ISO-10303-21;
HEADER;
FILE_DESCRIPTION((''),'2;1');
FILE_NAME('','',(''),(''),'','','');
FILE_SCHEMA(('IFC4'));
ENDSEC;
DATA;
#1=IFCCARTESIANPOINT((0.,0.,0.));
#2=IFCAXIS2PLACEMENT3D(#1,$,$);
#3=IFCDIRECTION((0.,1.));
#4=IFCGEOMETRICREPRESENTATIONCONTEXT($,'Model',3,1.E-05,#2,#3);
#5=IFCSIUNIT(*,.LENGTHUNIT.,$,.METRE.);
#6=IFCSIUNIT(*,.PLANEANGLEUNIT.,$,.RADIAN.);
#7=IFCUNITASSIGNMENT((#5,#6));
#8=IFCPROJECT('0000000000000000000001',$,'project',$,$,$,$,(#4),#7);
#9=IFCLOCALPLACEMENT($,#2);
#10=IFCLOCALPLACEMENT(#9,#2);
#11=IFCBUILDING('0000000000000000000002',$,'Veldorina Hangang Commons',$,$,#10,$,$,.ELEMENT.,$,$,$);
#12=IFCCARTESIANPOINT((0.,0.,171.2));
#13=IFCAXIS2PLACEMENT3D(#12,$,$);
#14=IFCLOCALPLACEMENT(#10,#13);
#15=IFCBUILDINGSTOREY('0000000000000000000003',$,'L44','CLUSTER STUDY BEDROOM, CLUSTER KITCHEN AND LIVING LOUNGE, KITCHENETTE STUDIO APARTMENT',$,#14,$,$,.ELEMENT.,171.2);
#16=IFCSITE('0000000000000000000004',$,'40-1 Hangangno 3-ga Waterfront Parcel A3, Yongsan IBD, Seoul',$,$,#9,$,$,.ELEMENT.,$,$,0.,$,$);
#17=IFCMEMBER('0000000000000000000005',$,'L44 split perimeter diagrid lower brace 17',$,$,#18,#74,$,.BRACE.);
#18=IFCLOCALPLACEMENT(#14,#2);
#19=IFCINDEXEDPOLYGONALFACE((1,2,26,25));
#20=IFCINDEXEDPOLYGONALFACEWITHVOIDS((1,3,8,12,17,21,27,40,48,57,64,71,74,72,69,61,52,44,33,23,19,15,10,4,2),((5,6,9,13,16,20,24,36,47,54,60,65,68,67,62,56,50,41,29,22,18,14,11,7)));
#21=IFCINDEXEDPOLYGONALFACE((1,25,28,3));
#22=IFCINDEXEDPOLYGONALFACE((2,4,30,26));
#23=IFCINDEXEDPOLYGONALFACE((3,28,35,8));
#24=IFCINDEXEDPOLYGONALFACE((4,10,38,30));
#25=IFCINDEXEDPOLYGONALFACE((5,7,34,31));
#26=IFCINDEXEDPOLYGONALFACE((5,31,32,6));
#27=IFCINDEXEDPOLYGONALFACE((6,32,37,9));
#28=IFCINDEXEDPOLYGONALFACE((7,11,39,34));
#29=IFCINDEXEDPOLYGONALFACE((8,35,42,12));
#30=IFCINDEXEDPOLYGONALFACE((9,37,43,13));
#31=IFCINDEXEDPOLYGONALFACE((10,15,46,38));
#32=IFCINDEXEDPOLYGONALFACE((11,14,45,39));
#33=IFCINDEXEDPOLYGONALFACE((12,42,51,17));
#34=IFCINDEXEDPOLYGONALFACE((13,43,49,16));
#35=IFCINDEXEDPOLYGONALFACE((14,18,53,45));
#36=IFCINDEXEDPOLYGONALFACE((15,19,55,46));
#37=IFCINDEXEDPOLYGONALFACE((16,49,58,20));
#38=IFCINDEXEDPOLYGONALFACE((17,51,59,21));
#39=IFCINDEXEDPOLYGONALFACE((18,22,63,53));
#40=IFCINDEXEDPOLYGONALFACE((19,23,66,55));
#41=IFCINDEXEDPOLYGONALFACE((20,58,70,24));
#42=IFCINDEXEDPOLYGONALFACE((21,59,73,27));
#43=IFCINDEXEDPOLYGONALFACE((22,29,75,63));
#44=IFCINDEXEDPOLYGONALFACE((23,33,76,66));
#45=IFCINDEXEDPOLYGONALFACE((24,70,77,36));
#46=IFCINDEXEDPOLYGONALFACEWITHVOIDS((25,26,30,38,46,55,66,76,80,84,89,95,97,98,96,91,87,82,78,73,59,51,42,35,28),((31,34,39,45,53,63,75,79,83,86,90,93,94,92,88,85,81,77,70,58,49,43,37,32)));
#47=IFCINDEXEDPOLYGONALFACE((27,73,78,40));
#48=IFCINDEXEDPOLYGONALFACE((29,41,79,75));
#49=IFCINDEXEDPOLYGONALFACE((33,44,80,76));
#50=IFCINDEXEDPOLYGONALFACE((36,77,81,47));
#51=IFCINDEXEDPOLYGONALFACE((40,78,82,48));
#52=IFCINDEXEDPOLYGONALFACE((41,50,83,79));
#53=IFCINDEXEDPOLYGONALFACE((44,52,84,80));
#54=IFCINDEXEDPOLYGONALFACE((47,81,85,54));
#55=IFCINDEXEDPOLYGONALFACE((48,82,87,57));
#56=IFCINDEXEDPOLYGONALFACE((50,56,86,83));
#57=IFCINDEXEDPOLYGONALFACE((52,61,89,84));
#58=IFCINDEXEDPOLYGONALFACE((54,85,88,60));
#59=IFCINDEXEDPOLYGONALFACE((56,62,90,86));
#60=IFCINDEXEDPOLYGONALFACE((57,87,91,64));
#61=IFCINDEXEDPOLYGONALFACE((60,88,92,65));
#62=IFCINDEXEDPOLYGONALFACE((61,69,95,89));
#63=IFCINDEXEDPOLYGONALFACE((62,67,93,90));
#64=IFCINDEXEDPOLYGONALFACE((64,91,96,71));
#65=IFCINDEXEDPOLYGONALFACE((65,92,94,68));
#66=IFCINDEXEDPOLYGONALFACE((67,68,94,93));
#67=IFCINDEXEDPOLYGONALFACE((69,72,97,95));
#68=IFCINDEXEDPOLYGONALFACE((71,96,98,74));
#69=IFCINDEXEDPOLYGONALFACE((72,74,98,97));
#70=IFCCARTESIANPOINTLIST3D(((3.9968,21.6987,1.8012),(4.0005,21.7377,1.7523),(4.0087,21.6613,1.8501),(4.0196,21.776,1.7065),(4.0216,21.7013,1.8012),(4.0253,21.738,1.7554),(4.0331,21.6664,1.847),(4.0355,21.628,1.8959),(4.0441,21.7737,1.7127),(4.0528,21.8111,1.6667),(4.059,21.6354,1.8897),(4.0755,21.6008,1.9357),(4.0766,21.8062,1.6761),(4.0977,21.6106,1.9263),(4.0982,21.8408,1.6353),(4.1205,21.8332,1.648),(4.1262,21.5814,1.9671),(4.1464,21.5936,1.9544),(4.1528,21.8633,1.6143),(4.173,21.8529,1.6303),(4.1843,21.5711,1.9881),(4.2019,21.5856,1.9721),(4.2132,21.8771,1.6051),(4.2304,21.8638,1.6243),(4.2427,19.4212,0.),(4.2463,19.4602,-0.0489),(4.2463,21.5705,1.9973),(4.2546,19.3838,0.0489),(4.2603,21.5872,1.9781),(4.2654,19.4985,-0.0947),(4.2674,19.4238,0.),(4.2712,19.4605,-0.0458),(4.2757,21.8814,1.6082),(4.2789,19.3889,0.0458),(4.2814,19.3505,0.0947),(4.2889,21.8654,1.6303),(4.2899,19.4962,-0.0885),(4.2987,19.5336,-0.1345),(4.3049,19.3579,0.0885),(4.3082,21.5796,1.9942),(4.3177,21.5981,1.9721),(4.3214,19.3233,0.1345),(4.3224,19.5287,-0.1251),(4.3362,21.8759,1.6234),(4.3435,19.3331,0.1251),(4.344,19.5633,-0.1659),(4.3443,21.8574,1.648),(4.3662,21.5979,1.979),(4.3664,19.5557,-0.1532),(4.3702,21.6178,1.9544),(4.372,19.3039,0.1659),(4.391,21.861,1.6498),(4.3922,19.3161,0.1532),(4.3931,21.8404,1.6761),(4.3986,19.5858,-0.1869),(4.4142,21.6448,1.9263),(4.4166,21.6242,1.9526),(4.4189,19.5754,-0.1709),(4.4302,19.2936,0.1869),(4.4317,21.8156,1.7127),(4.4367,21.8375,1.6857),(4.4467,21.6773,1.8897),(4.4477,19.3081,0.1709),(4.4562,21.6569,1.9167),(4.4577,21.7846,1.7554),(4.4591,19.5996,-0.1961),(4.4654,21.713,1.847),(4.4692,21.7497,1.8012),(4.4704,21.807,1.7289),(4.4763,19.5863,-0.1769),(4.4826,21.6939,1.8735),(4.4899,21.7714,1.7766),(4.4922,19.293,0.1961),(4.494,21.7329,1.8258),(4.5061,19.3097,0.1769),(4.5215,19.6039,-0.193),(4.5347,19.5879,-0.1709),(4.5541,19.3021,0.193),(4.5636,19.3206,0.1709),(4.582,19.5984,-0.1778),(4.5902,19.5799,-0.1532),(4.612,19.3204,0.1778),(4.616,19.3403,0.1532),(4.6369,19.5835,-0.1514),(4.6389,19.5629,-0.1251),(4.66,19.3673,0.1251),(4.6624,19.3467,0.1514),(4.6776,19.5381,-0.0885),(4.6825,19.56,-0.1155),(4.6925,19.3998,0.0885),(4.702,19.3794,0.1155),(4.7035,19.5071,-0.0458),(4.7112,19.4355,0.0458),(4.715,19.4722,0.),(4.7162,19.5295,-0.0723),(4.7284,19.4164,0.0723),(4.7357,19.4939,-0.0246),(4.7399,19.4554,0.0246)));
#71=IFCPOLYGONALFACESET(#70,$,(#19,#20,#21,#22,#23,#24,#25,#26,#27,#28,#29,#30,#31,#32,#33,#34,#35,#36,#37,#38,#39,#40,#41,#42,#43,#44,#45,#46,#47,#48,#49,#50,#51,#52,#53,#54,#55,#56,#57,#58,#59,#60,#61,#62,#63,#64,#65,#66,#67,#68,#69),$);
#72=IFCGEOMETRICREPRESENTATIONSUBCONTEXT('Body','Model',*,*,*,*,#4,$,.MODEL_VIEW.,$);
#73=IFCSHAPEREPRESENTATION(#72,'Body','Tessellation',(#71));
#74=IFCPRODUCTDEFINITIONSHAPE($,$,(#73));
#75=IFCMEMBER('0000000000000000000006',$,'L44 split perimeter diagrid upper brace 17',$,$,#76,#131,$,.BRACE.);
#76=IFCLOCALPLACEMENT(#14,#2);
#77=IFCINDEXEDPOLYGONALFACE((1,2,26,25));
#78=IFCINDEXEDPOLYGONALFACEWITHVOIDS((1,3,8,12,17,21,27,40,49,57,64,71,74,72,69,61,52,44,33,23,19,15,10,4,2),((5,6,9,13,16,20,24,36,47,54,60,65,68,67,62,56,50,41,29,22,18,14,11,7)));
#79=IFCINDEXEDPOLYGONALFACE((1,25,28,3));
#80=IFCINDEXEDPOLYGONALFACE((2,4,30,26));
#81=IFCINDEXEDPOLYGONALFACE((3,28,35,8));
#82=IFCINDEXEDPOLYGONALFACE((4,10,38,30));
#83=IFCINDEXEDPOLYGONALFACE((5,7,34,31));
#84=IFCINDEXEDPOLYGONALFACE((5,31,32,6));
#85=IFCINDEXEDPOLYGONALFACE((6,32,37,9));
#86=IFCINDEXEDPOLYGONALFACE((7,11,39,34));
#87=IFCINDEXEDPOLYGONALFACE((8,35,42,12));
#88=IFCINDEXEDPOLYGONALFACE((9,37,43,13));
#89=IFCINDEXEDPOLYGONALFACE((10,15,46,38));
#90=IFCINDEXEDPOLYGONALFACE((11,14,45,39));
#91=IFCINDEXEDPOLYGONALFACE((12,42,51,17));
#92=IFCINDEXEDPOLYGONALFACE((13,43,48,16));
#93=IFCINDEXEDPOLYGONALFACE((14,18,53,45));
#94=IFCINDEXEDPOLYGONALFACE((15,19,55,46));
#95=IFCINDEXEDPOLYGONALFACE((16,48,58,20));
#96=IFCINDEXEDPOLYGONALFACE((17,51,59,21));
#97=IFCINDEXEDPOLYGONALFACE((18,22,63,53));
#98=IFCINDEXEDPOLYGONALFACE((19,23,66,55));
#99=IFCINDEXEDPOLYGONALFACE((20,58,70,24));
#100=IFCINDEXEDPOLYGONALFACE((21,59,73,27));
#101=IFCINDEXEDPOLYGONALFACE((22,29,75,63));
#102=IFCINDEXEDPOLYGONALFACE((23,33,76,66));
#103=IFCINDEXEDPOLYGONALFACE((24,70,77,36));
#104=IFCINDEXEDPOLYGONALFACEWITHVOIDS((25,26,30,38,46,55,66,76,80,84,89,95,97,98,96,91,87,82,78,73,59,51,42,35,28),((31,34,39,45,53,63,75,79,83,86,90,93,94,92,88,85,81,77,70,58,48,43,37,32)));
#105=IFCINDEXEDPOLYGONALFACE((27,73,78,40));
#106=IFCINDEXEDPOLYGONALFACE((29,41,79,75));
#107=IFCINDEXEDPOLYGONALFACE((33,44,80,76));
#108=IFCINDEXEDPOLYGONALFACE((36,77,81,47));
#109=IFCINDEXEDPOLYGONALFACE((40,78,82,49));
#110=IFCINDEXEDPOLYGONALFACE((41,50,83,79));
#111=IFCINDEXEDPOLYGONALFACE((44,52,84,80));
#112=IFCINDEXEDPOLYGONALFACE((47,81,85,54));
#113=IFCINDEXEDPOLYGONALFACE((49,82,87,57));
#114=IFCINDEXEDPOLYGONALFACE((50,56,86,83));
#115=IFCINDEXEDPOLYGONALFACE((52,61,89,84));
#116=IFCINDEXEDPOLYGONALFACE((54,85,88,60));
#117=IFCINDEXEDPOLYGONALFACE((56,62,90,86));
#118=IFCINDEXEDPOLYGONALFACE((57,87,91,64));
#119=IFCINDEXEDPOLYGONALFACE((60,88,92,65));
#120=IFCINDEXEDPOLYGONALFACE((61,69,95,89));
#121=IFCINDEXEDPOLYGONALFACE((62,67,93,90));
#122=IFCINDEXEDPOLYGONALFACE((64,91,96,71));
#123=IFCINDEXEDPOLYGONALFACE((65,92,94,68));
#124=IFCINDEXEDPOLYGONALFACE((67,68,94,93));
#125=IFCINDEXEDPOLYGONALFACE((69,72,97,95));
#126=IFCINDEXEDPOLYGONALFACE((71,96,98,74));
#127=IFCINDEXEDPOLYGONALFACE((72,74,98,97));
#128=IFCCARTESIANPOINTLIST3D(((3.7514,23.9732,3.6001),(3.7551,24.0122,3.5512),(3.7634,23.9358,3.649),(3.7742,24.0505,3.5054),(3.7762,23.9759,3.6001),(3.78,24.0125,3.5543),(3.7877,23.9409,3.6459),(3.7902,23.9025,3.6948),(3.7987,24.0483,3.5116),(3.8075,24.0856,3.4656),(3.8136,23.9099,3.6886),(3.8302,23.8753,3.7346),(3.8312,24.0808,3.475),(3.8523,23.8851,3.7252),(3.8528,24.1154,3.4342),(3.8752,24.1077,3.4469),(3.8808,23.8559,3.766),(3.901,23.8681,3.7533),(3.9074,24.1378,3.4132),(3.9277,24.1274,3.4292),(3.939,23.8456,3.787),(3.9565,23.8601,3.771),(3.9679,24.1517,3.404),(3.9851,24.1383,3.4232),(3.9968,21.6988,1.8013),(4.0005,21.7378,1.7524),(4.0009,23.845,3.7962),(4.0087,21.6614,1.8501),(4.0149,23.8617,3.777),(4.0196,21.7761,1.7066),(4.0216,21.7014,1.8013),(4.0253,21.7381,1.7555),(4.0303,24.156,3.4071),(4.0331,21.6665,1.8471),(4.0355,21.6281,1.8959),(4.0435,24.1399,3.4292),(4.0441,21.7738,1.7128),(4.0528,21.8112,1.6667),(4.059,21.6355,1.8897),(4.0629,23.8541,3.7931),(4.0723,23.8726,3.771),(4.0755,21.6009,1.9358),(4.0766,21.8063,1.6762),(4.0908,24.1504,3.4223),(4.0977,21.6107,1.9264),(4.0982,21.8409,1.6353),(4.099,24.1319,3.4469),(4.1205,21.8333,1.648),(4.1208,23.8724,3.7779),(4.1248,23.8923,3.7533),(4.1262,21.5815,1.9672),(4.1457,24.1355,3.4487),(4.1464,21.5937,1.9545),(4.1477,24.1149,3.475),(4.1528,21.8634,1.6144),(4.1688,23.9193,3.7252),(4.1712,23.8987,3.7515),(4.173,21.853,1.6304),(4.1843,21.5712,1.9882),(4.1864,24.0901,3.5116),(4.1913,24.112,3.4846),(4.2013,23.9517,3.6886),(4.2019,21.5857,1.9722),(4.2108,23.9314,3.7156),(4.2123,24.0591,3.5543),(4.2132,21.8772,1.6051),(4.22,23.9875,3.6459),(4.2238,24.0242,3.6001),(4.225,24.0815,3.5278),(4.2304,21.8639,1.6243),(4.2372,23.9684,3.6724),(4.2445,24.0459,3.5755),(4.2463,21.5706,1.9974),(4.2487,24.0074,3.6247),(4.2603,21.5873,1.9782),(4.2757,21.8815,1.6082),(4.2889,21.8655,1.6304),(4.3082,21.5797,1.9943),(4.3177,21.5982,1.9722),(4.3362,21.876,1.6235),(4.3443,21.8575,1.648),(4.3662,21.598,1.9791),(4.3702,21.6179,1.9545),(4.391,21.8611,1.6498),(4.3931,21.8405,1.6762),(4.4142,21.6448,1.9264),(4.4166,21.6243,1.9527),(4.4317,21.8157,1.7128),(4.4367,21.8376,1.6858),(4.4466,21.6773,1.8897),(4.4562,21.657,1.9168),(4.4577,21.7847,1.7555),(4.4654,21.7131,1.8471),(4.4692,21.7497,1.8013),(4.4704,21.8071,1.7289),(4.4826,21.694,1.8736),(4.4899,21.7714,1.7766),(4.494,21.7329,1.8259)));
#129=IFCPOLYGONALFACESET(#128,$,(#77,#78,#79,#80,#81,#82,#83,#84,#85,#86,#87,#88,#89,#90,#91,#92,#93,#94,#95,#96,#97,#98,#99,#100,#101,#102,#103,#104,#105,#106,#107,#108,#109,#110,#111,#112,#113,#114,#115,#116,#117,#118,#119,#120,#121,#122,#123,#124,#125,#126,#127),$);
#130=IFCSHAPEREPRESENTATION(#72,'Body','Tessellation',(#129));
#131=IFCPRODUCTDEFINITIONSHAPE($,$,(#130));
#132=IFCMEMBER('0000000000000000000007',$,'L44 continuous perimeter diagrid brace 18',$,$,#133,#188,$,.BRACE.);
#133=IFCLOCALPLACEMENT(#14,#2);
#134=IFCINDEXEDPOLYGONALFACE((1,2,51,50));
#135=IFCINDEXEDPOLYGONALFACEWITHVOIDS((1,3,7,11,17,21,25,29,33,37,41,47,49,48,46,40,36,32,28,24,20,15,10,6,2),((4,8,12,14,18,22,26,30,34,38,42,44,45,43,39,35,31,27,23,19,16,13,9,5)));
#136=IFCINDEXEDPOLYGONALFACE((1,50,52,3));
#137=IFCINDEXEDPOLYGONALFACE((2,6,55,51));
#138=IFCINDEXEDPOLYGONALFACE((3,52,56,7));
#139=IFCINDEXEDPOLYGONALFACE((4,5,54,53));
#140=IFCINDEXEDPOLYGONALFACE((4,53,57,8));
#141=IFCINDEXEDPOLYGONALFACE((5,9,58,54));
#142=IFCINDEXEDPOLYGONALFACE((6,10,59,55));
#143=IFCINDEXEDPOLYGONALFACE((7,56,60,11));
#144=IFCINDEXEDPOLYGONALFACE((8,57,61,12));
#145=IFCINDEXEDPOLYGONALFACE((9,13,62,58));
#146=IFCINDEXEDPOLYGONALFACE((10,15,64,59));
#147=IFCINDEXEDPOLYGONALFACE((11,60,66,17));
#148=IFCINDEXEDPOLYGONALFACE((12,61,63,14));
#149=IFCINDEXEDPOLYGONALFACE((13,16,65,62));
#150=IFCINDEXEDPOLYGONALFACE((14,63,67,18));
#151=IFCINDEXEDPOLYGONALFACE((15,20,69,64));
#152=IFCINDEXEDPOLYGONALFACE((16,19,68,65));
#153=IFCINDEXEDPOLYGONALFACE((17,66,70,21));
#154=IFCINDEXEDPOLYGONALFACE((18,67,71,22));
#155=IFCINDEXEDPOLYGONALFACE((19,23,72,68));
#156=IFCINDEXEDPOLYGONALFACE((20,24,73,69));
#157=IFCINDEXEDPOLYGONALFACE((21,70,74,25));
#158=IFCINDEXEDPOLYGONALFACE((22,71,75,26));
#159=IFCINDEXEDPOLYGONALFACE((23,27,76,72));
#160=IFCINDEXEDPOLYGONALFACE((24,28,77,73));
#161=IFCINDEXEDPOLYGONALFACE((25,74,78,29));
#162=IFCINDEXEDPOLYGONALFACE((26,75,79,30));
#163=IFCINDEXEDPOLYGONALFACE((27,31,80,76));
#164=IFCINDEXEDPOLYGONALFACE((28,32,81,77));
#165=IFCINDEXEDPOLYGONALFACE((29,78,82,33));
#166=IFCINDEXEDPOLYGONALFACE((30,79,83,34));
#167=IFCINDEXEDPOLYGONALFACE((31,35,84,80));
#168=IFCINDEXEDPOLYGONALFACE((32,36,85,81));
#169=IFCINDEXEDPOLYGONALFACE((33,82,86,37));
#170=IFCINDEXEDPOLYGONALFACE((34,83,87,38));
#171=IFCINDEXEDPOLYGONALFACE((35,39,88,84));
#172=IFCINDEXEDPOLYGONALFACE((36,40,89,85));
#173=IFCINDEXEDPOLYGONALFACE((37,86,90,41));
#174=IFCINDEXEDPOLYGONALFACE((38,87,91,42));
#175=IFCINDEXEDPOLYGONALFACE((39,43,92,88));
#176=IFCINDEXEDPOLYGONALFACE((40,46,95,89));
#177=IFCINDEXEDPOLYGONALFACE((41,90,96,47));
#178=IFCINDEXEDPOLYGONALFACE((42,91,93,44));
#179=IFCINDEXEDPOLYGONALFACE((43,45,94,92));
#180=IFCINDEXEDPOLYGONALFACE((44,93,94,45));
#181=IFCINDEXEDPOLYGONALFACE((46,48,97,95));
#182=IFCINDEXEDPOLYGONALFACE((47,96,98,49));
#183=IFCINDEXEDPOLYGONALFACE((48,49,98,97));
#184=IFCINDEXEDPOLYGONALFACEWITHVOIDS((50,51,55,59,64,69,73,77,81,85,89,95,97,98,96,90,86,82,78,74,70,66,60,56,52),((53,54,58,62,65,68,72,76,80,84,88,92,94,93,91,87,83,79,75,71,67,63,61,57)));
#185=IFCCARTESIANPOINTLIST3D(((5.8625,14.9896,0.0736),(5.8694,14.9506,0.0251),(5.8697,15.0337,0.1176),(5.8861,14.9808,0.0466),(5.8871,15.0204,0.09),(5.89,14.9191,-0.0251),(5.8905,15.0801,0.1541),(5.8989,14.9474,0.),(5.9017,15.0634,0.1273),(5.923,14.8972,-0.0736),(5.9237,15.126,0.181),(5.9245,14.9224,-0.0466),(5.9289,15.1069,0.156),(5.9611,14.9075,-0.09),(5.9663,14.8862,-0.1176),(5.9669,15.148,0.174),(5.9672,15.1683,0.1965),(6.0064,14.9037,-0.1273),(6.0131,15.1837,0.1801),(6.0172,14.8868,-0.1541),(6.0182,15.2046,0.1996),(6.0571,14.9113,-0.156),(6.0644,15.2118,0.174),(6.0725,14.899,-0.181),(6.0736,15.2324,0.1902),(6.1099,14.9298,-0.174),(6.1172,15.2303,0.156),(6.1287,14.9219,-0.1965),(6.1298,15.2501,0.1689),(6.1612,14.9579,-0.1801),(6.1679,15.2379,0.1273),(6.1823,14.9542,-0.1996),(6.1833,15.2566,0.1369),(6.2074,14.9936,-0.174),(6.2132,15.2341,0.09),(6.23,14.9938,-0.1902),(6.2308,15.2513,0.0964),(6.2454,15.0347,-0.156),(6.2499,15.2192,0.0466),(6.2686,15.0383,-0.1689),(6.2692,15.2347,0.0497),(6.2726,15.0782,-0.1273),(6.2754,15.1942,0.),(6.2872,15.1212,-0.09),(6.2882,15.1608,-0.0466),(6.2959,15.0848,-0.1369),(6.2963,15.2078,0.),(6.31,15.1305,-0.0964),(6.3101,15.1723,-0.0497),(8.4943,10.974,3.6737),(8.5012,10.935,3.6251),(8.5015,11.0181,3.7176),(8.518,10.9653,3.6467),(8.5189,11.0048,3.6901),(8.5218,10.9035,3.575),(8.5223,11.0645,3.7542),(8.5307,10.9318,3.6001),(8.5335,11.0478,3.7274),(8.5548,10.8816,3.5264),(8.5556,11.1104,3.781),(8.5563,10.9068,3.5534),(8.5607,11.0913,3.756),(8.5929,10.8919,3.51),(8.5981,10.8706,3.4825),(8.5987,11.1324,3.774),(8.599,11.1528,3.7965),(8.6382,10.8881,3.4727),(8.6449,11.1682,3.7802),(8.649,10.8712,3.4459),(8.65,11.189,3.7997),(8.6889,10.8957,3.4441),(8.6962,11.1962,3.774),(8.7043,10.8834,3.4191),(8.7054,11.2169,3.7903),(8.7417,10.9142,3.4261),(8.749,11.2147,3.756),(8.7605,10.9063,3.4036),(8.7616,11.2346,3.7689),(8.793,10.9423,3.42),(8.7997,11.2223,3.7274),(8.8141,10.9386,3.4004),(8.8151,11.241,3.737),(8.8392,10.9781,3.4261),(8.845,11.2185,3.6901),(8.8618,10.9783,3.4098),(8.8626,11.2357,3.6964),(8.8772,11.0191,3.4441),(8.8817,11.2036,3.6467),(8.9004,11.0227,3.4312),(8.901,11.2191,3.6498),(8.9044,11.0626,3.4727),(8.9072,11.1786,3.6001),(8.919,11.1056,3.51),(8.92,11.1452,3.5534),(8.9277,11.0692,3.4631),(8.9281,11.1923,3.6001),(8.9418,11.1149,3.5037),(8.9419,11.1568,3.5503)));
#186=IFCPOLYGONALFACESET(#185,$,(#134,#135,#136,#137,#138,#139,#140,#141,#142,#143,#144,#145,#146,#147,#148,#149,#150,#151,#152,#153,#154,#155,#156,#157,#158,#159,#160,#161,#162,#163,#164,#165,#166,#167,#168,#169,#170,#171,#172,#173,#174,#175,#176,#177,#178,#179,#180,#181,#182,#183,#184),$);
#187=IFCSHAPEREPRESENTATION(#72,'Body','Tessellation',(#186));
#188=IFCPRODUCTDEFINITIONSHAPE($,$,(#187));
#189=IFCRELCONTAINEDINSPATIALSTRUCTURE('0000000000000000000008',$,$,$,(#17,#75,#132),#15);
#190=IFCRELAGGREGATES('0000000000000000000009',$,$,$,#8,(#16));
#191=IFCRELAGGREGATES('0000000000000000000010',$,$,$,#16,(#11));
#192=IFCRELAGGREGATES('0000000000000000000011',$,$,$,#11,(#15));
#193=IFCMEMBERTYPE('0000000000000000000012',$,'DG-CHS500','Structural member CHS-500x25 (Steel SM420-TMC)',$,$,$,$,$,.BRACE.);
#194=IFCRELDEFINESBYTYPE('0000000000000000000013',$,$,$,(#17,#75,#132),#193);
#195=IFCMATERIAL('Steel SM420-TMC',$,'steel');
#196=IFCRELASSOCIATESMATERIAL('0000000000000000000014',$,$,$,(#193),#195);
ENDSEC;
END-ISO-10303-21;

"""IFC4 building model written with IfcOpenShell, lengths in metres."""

from ifc_helpers import new_model, si_unit, direction, frame, origin, origin_2d, place, context, subcontext, project, spatial, hollow_circle, extrude, material, material_profile, profile_set, type_object, element, save


model = new_model("IFC4")

# Units and contexts
model_context = context("Model", 3, precision=1e-05, world=origin(), true_north=direction((0.0, 1.0)))
body_context = subcontext(model_context, "Body", "Model", "MODEL_VIEW")
ifc_project = project(units=[si_unit("LENGTHUNIT", "METRE"), si_unit("PLANEANGLEUNIT", "RADIAN")], contexts=[model_context])

# Site, building, storey
site_placement = place(None, origin())
site = spatial("IfcSite", under=ifc_project, at=site_placement, Name="40-1 Hangangno 3-ga Waterfront Parcel A3, Yongsan IBD, Seoul", CompositionType="ELEMENT", RefElevation=0.0)
building_placement = place(site_placement, origin())
building = spatial("IfcBuilding", under=site, at=building_placement, Name="Veldorina Hangang Commons", CompositionType="ELEMENT")
storey_placement = place(building_placement, frame((0.0, 0.0, 171.2)))
storey = spatial("IfcBuildingStorey", under=building, at=storey_placement, Name="L44", Description="CLUSTER STUDY BEDROOM, CLUSTER KITCHEN AND LIVING LOUNGE, KITCHENETTE STUDIO APARTMENT", CompositionType="ELEMENT", Elevation=171.2)

# Shared definitions
ifc_material_1 = material(Name="Steel SM420-TMC", Category="steel")

# Members
ifc_material_profile_1 = material_profile(ifc_material_1, hollow_circle(Radius=0.25, WallThickness=0.0249, at=origin_2d()), Name="CHS-500x25")
ifc_profile_set_1 = profile_set([ifc_material_profile_1], Name="Steel SM420-TMC")
member_type = type_object("IfcMemberType", Name="DG-CHS500", Description="Structural member CHS-500x25 (Steel SM420-TMC)", PredefinedType="BRACE", material=ifc_profile_set_1)
member_1_placement = place(storey_placement, frame((4.4912, 19.448, 0.0), z_axis=(-0.084363, 0.781555, 0.618106), x_axis=(-0.994225, -0.10732, 0.0)))
element("IfcMember", 1, at=member_1_placement, inside=storey, type_object=member_type, Name="L44 split perimeter diagrid lower brace 17", PredefinedType="BRACE", context=body_context, shape_type="SweptSolid", body=[
    extrude(hollow_circle(Radius=0.25, WallThickness=0.0249, at=origin_2d()), origin(), (0.0, 0.0, 1.0), 2.9141),
])
member_2_placement = place(storey_placement, frame((4.2454, 21.7256, 1.8013), z_axis=(-0.084312, 0.781547, 0.618123), x_axis=(-0.994231, -0.107257, 0.0)))
element("IfcMember", 2, at=member_2_placement, inside=storey, type_object=member_type, Name="L44 split perimeter diagrid upper brace 17", PredefinedType="BRACE", context=body_context, shape_type="SweptSolid", body=[
    extrude(hollow_circle(Radius=0.25, WallThickness=0.0249, at=origin_2d()), origin(), (0.0, 0.0, 1.0), 2.9102),
])
member_3_placement = place(storey_placement, frame((6.0872, 15.0708, 0.0), z_axis=(0.438563, -0.669155, 0.599912), x_axis=(0.836374, 0.548159, 0.0)))
element("IfcMember", 3, at=member_3_placement, inside=storey, type_object=member_type, Name="L44 continuous perimeter diagrid brace 18", PredefinedType="BRACE", context=body_context, shape_type="SweptSolid", body=[
    extrude(hollow_circle(Radius=0.25, WallThickness=0.0249, at=origin_2d()), origin(), (0.0, 0.0, 1.0), 6.001),
])

save(model, "model.ifc")
